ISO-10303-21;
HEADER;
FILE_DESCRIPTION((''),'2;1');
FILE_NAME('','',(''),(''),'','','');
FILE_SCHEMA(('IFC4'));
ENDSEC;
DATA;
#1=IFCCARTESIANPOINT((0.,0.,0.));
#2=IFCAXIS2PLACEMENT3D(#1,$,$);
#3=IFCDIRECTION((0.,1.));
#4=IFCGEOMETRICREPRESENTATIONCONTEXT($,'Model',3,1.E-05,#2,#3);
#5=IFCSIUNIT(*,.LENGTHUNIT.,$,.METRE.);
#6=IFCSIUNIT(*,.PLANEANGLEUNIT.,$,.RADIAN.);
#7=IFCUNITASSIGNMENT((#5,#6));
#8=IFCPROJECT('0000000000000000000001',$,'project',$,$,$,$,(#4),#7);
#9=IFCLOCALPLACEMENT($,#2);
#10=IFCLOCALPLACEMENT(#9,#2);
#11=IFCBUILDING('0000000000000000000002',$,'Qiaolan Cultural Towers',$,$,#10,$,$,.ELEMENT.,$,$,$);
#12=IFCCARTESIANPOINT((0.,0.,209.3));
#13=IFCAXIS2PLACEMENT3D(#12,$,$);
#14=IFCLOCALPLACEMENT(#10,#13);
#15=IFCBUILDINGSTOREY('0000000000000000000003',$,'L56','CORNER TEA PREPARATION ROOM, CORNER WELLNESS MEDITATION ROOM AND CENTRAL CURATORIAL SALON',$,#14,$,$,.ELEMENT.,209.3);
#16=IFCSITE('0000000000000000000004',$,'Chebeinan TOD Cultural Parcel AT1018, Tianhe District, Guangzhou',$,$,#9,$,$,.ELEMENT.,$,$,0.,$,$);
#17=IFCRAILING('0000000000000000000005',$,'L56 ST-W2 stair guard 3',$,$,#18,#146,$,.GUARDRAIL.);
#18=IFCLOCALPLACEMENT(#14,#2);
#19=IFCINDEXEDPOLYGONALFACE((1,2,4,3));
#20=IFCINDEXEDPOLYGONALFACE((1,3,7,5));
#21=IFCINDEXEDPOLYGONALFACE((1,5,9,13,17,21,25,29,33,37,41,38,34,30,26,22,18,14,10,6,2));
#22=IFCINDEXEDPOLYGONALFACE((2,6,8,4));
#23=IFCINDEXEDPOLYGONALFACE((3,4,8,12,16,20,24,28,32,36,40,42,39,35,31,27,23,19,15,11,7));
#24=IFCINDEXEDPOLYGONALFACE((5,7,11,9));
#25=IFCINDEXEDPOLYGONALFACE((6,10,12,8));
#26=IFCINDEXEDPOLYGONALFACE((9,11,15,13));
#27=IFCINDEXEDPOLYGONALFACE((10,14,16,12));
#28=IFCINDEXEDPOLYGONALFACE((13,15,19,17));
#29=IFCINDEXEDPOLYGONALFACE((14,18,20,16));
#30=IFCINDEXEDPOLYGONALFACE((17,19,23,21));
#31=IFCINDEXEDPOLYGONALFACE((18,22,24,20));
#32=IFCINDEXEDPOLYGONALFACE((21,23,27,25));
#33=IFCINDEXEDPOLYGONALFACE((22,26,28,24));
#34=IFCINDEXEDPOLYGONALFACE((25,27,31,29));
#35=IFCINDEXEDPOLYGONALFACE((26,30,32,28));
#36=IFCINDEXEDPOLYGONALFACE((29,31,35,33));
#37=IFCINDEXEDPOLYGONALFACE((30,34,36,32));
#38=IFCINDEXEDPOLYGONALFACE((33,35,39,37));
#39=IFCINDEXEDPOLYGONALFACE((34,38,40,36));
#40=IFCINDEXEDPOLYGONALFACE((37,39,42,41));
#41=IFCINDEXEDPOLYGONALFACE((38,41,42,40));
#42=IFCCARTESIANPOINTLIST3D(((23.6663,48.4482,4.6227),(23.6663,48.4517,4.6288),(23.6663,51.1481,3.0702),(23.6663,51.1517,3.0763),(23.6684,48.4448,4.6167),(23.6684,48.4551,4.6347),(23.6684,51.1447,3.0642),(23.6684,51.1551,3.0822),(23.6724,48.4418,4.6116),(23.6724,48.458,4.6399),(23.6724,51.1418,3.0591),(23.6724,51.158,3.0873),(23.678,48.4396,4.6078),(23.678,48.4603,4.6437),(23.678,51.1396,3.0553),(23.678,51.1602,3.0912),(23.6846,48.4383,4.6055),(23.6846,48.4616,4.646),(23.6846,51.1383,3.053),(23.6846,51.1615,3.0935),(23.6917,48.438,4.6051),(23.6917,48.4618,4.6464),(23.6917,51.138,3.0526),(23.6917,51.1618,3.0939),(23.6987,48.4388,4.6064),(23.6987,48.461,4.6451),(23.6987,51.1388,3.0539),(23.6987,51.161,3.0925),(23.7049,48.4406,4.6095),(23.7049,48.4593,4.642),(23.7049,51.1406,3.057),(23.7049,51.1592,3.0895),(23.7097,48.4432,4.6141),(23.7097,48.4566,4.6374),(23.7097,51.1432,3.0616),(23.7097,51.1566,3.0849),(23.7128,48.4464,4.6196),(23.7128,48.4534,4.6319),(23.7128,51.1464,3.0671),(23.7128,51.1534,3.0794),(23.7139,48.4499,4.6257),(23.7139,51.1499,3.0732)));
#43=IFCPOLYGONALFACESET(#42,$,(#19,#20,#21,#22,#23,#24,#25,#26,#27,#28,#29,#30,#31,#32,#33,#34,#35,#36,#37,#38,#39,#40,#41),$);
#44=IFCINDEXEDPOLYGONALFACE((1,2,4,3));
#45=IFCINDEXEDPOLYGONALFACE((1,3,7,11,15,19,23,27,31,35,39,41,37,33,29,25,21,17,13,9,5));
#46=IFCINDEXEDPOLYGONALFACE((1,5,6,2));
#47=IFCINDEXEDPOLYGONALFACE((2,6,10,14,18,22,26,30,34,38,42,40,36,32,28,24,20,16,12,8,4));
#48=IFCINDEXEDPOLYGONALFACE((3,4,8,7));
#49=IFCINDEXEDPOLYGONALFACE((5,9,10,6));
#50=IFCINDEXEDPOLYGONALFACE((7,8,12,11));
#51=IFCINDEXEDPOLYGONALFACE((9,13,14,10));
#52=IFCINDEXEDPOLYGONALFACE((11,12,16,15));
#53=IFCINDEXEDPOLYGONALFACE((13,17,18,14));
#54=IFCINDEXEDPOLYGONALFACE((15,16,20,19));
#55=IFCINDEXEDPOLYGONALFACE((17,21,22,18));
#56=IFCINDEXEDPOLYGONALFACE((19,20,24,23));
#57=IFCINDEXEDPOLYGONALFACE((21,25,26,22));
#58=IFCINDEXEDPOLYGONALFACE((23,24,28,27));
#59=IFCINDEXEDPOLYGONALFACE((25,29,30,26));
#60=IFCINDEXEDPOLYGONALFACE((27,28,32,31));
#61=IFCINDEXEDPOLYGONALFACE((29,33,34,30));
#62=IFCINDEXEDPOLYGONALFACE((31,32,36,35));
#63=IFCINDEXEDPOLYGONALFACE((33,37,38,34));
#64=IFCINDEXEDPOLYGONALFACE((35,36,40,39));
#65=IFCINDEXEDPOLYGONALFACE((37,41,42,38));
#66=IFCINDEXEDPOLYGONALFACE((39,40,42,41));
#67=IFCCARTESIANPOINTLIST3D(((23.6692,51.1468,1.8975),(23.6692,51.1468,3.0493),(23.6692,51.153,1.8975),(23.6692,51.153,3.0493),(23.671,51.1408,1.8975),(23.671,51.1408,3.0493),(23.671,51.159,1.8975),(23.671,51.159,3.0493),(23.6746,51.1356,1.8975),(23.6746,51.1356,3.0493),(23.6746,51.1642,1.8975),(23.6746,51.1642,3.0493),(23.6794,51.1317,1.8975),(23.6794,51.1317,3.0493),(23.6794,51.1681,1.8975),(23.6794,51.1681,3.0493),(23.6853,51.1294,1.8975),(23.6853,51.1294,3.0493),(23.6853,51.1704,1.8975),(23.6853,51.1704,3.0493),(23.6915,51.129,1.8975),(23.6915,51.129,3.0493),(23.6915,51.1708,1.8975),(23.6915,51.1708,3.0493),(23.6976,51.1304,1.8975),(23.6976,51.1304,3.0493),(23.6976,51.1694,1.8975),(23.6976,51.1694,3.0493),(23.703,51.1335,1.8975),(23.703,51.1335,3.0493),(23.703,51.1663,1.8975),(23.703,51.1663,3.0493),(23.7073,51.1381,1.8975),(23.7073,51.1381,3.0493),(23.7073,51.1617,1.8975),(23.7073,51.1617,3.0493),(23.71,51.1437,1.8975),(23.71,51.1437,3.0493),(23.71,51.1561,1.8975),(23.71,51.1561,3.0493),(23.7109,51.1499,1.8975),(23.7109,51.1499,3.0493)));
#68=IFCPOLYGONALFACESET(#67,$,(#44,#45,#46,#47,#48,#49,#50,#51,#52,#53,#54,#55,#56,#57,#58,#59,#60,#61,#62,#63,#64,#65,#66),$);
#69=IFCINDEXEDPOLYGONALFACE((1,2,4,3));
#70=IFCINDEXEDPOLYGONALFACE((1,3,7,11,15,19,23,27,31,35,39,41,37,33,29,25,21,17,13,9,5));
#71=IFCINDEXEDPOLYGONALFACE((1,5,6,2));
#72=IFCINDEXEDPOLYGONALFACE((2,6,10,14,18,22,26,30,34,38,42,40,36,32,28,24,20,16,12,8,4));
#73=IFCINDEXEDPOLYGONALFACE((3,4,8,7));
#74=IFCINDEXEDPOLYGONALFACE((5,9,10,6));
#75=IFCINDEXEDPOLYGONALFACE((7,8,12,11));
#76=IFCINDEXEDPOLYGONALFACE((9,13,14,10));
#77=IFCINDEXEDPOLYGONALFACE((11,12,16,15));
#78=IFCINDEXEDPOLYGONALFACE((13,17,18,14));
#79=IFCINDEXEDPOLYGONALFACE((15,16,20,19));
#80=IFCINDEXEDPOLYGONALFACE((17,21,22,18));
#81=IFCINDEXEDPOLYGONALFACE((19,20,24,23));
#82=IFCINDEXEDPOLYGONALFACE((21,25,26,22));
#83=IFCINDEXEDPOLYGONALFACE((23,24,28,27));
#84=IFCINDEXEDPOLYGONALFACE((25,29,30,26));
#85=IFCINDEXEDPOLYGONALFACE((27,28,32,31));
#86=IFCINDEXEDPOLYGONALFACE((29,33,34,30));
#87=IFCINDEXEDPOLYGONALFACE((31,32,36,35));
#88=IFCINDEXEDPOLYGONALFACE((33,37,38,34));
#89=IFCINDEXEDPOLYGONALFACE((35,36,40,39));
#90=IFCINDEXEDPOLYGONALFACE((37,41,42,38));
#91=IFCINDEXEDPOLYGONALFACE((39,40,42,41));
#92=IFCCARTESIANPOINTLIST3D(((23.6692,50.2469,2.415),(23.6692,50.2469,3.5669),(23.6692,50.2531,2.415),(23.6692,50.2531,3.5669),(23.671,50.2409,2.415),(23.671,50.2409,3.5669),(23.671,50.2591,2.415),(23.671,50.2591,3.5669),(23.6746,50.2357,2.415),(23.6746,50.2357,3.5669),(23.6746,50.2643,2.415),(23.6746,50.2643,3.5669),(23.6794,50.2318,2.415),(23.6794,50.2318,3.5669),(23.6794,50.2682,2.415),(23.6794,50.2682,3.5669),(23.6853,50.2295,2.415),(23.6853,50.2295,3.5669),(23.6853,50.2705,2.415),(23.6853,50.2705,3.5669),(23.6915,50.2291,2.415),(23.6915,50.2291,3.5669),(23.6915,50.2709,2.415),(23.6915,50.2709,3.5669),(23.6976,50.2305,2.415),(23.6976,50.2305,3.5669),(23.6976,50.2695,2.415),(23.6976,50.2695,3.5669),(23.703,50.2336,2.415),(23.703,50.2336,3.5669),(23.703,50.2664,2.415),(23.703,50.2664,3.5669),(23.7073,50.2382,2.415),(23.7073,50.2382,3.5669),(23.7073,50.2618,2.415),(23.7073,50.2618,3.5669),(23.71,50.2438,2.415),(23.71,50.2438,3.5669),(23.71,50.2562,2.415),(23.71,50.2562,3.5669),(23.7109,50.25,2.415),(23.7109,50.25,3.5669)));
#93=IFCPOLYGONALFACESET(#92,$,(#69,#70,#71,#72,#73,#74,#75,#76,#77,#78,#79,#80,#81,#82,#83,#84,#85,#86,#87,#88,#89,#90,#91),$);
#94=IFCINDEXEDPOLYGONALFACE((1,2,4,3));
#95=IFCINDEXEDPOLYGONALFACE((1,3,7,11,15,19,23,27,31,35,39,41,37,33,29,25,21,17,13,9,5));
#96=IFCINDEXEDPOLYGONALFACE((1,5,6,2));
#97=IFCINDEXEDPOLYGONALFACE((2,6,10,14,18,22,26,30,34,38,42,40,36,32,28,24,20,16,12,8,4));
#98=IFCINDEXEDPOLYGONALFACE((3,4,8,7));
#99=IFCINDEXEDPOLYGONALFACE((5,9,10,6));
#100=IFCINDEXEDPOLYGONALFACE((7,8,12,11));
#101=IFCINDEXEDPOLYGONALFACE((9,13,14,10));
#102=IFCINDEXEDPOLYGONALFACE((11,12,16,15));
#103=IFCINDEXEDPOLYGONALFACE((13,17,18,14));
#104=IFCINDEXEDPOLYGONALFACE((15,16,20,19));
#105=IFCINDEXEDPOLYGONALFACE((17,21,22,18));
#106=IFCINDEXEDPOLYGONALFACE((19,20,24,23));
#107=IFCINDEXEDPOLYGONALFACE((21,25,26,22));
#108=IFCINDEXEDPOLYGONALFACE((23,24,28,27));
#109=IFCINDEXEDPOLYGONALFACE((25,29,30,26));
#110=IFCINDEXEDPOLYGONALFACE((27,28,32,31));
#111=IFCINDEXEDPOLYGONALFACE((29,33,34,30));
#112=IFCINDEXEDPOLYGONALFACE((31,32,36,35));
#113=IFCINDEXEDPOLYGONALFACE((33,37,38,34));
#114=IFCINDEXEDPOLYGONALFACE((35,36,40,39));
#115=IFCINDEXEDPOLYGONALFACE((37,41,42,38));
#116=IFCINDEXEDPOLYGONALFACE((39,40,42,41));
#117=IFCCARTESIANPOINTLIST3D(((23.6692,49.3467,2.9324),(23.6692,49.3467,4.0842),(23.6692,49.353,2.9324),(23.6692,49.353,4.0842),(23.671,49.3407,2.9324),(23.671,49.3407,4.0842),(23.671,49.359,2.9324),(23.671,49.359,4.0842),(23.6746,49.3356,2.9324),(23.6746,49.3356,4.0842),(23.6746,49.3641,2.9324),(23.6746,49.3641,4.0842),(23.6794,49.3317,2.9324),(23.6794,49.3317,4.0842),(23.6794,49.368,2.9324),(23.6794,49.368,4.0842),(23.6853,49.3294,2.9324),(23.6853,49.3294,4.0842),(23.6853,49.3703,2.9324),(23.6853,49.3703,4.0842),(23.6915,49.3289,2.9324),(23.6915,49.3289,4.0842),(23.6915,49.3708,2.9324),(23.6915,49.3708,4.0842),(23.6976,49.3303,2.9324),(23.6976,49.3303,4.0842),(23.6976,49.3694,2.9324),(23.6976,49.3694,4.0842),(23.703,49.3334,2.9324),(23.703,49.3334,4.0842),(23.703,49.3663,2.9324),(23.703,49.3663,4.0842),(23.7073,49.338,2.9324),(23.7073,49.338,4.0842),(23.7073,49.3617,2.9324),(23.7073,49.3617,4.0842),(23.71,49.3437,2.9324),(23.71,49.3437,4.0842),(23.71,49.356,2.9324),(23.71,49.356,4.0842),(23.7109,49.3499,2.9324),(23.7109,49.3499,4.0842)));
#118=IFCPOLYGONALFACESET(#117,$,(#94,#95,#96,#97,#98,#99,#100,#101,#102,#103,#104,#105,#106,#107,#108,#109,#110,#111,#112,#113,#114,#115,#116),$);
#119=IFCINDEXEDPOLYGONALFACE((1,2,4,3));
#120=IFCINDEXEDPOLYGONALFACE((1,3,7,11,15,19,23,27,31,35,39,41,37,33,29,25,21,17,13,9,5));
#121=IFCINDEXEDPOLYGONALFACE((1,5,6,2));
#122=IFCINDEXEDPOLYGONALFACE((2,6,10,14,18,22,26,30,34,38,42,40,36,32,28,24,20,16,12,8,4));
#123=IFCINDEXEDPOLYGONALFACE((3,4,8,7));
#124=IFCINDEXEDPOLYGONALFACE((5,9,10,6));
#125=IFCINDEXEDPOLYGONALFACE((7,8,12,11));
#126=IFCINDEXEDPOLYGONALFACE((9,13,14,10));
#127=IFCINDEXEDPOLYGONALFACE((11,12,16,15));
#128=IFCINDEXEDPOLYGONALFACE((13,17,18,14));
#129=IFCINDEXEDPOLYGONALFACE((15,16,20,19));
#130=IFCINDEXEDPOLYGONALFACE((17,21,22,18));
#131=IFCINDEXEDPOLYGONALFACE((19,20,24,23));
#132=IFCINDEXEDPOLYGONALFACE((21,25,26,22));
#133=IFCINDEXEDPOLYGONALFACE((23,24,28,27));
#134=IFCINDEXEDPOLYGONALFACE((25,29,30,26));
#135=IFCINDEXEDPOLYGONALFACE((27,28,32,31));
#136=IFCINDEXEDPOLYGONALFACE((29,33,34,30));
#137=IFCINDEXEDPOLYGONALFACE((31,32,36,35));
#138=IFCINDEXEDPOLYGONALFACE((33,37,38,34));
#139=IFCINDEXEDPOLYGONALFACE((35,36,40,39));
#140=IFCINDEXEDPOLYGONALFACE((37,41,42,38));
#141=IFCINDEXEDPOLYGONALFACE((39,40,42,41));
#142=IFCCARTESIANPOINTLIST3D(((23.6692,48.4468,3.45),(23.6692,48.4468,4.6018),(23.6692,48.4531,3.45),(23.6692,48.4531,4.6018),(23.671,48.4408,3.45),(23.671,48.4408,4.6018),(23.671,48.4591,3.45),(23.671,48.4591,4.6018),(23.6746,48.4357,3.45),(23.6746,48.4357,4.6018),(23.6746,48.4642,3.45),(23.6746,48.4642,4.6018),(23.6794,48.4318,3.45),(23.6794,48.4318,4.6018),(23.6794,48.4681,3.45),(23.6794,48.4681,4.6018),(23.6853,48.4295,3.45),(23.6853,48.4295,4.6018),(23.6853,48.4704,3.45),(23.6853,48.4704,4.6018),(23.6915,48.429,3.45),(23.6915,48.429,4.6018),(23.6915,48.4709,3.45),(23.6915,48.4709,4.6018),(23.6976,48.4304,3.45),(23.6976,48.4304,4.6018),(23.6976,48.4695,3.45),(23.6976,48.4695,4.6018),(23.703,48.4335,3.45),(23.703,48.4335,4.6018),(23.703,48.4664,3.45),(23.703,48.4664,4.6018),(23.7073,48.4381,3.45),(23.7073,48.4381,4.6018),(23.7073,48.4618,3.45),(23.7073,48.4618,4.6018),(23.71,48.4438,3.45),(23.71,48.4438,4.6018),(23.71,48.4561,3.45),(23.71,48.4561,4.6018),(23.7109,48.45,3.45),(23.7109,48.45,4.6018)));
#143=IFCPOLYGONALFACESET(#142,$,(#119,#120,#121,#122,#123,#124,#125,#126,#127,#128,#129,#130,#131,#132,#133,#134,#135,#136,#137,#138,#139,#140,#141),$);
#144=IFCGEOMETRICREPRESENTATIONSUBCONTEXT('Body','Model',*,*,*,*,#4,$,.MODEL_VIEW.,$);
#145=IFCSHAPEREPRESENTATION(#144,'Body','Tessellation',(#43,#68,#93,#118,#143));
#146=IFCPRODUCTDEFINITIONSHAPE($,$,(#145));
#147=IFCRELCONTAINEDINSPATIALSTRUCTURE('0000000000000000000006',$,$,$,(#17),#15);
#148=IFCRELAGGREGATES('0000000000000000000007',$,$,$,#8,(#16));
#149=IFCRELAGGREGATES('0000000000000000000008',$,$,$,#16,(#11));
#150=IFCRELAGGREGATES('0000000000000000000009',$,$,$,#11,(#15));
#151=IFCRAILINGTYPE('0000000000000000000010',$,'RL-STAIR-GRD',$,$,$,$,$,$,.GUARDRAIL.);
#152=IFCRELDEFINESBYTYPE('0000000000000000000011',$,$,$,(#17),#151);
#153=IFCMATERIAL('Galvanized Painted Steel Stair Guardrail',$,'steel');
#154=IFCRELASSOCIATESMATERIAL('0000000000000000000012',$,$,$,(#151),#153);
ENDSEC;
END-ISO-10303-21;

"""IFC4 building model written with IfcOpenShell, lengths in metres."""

from ifc_helpers import new_model, si_unit, direction, frame, origin, origin_2d, place, context, subcontext, project, spatial, circle, extrude, material, type_object, element, save


model = new_model("IFC4")

# Units and contexts
model_context = context("Model", 3, precision=1e-05, world=origin(), true_north=direction((0.0, 1.0)))
body_context = subcontext(model_context, "Body", "Model", "MODEL_VIEW")
ifc_project = project(units=[si_unit("LENGTHUNIT", "METRE"), si_unit("PLANEANGLEUNIT", "RADIAN")], contexts=[model_context])

# Site, building, storey
site_placement = place(None, origin())
site = spatial("IfcSite", under=ifc_project, at=site_placement, Name="Chebeinan TOD Cultural Parcel AT1018, Tianhe District, Guangzhou", CompositionType="ELEMENT", RefElevation=0.0)
building_placement = place(site_placement, origin())
building = spatial("IfcBuilding", under=site, at=building_placement, Name="Qiaolan Cultural Towers", CompositionType="ELEMENT")
storey_placement = place(building_placement, frame((0.0, 0.0, 209.3)))
storey = spatial("IfcBuildingStorey", under=building, at=storey_placement, Name="L56", Description="CORNER TEA PREPARATION ROOM, CORNER WELLNESS MEDITATION ROOM AND CENTRAL CURATORIAL SALON", CompositionType="ELEMENT", Elevation=209.3)

# Railing
ifc_material_1 = material(Name="Galvanized Painted Steel Stair Guardrail", Category="steel")
railing_type_1 = type_object("IfcRailingType", Name="RL-STAIR-GRD", PredefinedType="GUARDRAIL", material=ifc_material_1)
railing_1_placement = place(storey_placement, frame((23.6899, 51.1499, 1.8975)))
element("IfcRailing", 1, at=railing_1_placement, inside=storey, type_object=railing_type_1, Name="L56 ST-W2 stair guard 3", PredefinedType="GUARDRAIL", context=body_context, shape_type="SweptSolid", body=[
    extrude(circle(Radius=0.0239, at=origin_2d()), frame((0.0, 0.0, 1.1758), z_axis=(0.0, -0.866904, 0.498476), x_axis=(1.0, 0.0, 0.0)), (0.0, 0.0, 1.0), 3.1145),
    extrude(circle(Radius=0.021, at=origin_2d()), origin(), (0.0, 0.0, 1.0), 1.1519),
    extrude(circle(Radius=0.021, at=origin_2d()), frame((0.0, -0.8999, 0.5176)), (0.0, 0.0, 1.0), 1.1519),
    extrude(circle(Radius=0.021, at=origin_2d()), frame((0.0, -1.8, 1.0349)), (0.0, 0.0, 1.0), 1.1519),
    extrude(circle(Radius=0.021, at=origin_2d()), frame((0.0, -2.7, 1.5525)), (0.0, 0.0, 1.0), 1.1519),
])

save(model, "model.ifc")
